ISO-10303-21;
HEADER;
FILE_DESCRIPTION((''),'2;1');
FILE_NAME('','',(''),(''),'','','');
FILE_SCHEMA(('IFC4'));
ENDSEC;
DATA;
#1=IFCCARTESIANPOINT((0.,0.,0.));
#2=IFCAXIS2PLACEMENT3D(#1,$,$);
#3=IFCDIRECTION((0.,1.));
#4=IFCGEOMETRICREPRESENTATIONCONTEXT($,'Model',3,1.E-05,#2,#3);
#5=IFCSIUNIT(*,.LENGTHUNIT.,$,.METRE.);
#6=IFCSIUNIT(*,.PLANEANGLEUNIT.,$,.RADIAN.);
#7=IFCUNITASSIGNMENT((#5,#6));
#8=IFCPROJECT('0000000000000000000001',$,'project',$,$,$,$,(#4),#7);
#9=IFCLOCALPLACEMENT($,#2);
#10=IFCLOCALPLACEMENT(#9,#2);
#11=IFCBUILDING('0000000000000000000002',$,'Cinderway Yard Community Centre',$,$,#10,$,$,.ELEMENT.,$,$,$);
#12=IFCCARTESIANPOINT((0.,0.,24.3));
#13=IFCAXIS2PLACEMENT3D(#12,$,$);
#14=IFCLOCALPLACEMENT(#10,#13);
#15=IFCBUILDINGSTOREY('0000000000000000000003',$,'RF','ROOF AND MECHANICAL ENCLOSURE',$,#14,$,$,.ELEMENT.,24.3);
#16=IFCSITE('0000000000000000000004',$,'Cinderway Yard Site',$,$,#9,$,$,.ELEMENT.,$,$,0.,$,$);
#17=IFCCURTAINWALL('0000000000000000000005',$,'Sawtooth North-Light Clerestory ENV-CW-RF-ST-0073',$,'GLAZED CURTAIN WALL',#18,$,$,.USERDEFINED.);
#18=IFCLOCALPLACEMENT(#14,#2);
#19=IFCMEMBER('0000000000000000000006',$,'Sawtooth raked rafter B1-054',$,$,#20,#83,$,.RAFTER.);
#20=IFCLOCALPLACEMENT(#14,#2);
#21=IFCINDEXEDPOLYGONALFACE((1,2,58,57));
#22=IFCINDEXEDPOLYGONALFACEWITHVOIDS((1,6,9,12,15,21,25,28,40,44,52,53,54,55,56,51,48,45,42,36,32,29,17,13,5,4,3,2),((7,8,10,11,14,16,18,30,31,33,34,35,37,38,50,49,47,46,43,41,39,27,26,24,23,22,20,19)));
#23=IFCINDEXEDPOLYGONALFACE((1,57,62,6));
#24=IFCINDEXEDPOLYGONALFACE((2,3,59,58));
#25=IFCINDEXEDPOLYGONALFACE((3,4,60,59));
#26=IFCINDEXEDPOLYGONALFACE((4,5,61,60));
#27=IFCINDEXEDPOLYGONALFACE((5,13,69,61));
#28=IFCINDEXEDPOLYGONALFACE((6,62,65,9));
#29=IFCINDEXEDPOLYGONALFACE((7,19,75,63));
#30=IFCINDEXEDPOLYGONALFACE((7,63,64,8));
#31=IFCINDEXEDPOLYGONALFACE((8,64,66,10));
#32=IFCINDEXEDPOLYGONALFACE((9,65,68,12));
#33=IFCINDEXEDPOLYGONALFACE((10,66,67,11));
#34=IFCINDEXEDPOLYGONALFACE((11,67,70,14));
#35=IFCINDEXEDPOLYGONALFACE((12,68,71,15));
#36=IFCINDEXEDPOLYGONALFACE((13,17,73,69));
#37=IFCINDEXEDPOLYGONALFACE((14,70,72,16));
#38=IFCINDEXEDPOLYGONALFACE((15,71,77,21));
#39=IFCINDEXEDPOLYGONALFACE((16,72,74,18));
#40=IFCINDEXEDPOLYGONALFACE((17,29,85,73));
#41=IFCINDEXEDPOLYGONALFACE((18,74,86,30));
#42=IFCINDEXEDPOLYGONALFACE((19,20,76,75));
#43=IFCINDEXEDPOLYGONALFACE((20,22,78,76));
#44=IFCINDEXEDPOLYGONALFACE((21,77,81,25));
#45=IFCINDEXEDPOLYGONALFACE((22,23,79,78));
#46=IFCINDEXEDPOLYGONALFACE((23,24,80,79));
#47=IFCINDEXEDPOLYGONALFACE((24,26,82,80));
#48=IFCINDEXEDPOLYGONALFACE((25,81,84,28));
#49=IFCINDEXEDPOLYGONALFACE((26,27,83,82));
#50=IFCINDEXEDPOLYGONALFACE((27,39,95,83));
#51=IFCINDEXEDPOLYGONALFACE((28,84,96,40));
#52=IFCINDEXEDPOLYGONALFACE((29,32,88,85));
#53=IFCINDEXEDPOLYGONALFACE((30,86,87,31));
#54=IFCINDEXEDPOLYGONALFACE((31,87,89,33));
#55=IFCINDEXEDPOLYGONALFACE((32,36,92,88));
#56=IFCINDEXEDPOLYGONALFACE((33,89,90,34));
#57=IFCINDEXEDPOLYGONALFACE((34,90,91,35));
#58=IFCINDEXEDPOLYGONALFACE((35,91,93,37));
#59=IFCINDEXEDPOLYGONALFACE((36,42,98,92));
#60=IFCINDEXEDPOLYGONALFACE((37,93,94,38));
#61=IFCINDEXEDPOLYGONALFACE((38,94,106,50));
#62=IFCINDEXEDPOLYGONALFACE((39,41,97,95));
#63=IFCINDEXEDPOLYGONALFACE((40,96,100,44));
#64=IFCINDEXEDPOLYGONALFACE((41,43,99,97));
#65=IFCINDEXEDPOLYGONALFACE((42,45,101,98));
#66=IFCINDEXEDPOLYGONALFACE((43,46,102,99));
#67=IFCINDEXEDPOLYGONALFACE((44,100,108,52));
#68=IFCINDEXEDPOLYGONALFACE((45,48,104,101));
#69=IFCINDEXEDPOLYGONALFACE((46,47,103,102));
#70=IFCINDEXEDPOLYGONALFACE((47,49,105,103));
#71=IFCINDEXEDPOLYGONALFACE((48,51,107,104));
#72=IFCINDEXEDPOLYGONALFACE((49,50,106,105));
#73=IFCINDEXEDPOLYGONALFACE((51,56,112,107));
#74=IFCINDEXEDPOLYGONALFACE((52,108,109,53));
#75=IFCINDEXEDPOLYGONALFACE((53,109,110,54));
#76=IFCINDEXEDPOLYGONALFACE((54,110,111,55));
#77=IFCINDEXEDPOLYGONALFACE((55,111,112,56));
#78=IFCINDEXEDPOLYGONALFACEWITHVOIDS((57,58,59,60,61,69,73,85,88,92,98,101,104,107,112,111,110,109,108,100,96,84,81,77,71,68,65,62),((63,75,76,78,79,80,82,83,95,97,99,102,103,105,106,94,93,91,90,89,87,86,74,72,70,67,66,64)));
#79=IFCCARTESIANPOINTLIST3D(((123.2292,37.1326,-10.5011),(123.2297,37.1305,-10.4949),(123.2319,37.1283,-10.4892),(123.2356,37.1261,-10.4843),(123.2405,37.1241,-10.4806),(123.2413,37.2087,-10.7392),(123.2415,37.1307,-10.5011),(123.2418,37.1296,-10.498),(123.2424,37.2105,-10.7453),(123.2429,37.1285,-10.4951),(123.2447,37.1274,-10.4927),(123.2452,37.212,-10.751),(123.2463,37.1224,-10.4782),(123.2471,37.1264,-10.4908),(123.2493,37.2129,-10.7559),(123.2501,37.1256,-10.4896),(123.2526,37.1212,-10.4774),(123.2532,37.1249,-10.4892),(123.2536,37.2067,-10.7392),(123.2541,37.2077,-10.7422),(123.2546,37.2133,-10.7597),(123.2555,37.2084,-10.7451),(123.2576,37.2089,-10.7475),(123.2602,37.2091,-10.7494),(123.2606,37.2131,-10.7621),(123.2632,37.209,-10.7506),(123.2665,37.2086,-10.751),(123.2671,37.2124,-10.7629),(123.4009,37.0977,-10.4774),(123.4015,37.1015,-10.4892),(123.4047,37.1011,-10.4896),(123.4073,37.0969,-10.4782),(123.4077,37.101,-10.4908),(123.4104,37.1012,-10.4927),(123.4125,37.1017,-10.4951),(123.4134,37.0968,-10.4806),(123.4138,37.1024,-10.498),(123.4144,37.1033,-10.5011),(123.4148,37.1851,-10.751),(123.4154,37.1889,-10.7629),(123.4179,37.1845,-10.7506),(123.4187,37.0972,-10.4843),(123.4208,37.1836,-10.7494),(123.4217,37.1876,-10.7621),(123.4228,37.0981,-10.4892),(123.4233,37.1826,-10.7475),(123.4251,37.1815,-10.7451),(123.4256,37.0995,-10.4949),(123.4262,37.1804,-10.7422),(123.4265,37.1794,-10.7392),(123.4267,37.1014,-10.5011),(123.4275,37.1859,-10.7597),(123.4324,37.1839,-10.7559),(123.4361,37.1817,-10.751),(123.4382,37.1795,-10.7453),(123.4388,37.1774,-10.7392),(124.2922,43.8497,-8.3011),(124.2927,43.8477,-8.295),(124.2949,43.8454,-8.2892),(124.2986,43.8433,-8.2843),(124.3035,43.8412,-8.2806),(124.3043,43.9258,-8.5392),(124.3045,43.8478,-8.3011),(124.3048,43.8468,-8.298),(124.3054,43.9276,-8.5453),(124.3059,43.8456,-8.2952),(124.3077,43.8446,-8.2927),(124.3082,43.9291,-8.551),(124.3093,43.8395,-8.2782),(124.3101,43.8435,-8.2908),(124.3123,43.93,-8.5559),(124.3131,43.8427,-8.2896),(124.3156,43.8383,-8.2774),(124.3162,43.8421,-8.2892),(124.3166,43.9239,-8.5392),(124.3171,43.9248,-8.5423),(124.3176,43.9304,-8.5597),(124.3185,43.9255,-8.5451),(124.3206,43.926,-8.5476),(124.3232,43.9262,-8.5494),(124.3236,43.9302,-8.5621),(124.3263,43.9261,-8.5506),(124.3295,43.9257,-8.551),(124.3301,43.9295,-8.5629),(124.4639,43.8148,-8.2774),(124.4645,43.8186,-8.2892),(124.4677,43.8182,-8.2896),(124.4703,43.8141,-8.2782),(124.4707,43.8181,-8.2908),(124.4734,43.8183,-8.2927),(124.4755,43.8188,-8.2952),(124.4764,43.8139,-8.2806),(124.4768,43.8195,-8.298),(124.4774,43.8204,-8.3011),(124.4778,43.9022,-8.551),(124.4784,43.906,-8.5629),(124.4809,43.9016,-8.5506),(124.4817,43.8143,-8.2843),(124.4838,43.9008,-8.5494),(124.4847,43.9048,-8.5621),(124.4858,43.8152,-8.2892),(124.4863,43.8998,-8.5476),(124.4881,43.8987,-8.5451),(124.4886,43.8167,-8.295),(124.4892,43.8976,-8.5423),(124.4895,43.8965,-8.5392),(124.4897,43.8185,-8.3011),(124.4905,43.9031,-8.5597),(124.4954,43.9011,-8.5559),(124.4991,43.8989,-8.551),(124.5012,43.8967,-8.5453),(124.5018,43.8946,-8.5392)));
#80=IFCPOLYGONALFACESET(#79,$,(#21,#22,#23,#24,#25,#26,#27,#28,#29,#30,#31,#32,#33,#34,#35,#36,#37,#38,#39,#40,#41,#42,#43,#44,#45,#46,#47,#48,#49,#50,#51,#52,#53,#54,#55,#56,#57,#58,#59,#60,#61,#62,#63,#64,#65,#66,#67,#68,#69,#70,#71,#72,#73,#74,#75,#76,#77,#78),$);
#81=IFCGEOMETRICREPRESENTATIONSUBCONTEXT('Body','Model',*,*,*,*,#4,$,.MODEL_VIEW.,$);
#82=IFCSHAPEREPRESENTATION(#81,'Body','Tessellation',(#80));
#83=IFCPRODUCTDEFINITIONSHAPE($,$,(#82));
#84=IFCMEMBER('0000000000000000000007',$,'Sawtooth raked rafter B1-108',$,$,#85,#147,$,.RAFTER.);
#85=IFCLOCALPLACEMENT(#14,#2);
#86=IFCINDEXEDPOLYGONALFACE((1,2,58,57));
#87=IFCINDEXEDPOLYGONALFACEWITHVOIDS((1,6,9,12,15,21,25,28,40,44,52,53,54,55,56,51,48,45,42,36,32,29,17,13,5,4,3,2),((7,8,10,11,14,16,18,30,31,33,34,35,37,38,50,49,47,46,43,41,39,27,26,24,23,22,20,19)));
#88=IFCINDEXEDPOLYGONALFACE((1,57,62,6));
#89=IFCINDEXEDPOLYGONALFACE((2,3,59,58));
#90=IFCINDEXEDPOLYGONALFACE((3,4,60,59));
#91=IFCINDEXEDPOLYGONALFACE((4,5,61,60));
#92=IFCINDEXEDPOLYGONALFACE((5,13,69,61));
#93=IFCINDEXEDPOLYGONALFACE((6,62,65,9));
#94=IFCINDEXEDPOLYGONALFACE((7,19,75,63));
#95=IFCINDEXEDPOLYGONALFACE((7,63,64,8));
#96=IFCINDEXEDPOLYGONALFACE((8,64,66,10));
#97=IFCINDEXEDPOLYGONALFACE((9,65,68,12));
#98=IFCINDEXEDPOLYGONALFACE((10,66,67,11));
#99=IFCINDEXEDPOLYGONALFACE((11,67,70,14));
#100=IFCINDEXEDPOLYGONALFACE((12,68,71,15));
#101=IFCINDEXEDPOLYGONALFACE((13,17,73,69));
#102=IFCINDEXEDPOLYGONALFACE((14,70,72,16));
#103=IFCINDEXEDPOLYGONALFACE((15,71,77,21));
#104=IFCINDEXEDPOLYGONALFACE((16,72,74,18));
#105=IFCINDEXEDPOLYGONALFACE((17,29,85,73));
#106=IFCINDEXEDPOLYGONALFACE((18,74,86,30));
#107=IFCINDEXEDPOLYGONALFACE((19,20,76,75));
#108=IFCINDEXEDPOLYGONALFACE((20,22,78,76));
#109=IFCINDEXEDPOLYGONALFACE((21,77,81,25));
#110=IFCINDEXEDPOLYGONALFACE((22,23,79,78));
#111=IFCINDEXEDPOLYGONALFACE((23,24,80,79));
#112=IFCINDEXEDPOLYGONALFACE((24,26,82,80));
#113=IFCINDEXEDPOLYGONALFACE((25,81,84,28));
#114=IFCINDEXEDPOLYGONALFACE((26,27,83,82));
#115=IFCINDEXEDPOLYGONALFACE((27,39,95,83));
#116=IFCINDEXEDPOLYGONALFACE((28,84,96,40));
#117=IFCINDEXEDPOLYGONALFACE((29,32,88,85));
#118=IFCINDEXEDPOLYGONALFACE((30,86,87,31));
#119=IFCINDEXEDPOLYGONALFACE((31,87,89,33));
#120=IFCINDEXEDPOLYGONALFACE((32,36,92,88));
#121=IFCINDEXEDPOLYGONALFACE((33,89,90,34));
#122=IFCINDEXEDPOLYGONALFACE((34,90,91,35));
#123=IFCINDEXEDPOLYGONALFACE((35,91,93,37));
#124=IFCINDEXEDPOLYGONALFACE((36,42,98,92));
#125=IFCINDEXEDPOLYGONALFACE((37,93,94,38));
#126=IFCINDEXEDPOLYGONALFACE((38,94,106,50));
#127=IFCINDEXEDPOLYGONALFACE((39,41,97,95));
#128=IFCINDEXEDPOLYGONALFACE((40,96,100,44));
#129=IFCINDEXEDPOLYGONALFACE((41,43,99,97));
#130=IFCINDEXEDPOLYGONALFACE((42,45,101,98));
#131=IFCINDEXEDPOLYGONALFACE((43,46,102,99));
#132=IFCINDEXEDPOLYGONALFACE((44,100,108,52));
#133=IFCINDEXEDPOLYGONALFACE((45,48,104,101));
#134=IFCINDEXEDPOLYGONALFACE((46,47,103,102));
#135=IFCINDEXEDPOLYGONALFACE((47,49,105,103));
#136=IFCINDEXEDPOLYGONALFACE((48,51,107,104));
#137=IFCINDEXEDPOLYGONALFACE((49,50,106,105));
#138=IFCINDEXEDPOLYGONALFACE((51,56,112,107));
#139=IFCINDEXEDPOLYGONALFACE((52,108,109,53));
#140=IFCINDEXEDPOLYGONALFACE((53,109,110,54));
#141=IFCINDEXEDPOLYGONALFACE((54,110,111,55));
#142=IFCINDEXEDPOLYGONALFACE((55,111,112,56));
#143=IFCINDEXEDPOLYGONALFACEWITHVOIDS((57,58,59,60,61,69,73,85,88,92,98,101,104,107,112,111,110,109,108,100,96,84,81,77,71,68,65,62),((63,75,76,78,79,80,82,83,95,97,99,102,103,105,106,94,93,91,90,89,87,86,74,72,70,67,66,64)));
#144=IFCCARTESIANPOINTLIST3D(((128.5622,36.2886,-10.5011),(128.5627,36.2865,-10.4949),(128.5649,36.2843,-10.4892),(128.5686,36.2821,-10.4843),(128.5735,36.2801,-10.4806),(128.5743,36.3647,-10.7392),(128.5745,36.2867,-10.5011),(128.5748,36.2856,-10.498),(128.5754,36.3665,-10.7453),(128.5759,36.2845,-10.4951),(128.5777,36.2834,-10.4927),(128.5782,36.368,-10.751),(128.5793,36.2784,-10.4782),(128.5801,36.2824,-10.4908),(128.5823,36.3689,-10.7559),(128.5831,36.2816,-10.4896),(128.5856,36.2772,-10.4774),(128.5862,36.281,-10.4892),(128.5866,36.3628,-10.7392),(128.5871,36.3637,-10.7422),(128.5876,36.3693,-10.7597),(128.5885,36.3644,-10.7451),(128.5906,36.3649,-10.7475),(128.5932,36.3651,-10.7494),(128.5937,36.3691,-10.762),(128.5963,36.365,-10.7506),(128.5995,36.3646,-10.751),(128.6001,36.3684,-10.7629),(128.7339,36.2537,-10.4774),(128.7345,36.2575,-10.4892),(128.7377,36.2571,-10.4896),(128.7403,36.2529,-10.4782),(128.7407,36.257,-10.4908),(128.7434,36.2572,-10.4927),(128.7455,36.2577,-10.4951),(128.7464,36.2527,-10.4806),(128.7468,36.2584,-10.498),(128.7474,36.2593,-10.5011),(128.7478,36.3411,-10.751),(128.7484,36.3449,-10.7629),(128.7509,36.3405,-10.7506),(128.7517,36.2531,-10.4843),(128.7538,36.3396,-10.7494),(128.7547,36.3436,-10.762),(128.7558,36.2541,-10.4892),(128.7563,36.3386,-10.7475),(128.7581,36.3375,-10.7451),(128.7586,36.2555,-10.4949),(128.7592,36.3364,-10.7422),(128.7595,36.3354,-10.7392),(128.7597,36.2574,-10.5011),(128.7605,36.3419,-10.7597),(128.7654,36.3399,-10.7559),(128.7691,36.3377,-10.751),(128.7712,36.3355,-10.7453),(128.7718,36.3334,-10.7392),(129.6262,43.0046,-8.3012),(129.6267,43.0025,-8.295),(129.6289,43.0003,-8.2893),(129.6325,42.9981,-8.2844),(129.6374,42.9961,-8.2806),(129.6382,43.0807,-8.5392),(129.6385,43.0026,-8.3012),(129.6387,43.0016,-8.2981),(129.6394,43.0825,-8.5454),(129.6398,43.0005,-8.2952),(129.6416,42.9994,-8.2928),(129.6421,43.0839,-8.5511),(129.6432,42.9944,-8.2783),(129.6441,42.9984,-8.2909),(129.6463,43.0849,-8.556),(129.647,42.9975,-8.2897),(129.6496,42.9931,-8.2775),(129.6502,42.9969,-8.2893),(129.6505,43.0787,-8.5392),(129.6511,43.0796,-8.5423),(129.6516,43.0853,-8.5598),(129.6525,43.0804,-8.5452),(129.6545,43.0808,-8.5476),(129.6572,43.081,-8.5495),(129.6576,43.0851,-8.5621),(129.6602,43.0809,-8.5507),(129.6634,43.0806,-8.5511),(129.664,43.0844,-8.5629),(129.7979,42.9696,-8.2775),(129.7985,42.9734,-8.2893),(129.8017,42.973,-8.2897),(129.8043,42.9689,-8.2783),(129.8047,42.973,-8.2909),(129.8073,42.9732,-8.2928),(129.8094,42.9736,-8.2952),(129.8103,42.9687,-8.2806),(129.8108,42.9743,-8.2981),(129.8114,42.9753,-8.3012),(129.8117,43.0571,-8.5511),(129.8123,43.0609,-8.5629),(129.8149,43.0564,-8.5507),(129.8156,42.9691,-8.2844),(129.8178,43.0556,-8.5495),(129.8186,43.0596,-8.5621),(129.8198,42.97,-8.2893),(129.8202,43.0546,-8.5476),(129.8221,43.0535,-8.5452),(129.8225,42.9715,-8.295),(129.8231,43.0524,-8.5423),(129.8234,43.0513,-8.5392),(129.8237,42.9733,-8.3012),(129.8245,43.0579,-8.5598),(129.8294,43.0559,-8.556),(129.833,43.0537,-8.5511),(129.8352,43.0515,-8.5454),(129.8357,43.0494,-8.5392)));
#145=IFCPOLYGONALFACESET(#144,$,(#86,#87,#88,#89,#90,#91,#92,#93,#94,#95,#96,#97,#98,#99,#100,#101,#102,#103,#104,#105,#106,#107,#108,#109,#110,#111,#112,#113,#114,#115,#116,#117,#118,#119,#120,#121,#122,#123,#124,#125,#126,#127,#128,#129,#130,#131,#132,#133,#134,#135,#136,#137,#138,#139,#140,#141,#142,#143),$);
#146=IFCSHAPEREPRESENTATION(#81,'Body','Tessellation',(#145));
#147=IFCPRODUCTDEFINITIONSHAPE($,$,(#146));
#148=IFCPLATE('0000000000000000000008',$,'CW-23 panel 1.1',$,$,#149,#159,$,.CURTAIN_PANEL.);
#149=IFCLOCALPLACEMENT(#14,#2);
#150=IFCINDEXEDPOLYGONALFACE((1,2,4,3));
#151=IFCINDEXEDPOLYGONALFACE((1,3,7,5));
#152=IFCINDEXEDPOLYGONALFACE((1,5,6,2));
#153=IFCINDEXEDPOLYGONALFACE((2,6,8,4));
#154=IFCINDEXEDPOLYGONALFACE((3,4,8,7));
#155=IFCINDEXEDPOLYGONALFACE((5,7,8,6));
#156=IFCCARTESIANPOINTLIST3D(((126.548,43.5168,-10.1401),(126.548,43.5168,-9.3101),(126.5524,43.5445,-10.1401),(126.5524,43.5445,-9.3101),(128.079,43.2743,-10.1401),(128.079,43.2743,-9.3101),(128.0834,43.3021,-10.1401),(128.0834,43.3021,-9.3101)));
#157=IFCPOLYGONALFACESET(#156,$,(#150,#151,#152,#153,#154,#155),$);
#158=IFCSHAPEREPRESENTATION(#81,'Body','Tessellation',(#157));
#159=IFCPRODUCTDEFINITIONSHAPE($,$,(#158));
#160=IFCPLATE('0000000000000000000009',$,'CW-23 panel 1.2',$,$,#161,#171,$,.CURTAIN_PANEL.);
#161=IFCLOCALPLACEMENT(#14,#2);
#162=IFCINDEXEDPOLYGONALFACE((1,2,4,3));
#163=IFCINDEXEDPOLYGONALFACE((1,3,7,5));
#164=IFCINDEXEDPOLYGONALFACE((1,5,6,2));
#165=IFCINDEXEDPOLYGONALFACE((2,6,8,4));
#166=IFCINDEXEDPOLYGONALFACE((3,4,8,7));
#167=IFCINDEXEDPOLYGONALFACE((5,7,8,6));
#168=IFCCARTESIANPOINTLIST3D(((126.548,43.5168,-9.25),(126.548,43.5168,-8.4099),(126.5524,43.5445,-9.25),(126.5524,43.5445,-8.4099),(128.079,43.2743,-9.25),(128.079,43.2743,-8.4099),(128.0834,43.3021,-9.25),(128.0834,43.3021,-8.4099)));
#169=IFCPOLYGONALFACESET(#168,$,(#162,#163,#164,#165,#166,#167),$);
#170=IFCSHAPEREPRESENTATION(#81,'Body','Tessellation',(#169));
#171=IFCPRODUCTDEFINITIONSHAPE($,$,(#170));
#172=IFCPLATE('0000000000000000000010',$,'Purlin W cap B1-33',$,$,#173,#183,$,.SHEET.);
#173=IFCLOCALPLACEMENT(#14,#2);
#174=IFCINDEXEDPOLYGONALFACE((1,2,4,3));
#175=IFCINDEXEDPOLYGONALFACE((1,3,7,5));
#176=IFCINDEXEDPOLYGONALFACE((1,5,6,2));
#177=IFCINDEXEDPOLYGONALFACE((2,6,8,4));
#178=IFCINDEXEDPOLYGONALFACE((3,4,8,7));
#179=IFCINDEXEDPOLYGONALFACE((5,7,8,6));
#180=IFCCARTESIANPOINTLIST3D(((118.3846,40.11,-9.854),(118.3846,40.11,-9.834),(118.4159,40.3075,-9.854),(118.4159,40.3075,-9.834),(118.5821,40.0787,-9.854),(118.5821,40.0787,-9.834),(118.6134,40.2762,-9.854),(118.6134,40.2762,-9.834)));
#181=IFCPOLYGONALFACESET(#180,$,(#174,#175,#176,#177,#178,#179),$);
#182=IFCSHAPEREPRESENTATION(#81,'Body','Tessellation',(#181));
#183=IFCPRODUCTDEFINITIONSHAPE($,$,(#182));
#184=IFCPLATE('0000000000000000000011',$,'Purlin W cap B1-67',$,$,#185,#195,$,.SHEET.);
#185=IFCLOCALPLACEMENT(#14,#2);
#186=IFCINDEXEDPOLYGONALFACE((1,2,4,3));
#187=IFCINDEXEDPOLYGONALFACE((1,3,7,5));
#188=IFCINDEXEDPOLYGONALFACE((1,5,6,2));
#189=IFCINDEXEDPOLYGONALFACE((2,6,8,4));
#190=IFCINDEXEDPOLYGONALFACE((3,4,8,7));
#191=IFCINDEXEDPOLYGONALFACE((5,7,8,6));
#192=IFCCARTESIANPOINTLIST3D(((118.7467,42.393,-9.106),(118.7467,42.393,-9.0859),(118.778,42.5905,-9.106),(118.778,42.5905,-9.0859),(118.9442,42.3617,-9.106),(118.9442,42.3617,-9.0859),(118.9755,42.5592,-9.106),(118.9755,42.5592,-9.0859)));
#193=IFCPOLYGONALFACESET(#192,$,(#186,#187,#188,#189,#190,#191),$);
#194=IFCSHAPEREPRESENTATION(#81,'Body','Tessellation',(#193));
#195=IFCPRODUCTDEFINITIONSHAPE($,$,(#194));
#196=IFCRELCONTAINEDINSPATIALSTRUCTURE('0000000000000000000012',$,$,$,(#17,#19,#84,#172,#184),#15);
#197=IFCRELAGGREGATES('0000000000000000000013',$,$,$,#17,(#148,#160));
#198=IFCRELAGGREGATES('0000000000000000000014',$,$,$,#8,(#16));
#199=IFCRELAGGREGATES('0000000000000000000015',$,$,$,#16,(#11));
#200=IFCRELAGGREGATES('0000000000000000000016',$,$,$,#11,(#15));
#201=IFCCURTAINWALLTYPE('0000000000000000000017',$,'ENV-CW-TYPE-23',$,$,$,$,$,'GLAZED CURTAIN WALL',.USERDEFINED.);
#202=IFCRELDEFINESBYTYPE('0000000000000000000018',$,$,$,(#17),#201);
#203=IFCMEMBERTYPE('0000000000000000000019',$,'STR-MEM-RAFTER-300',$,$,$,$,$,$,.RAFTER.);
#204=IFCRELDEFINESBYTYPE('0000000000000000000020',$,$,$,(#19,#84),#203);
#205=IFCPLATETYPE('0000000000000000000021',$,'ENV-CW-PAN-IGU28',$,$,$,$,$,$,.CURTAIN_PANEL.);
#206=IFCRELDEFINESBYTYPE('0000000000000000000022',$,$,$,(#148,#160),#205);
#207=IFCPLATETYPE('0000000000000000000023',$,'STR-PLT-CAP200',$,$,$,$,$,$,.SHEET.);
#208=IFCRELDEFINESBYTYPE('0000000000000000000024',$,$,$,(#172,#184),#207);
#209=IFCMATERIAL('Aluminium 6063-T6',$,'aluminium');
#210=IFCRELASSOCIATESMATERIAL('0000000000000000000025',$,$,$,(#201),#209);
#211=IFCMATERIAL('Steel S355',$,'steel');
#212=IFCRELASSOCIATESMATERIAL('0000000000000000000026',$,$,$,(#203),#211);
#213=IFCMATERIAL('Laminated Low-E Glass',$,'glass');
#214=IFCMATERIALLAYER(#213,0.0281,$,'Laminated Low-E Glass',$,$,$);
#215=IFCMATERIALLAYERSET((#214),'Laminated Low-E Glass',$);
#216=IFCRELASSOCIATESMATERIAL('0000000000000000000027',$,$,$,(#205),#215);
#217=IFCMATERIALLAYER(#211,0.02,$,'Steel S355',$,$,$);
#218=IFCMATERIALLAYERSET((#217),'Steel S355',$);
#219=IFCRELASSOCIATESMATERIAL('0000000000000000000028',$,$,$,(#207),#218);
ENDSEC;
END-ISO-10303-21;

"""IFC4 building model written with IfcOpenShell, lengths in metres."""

from ifc_helpers import new_model, si_unit, direction, frame, origin, origin_2d, place, context, subcontext, project, spatial, rectangle, hollow_rectangle, extrude, material, layer, layer_set, material_profile, profile_set, type_object, element, aggregate, save


model = new_model("IFC4")

# Units and contexts
model_context = context("Model", 3, precision=1e-05, world=origin(), true_north=direction((0.0, 1.0)))
body_context = subcontext(model_context, "Body", "Model", "MODEL_VIEW")
ifc_project = project(units=[si_unit("LENGTHUNIT", "METRE"), si_unit("PLANEANGLEUNIT", "RADIAN")], contexts=[model_context])

# Site, building, storey
site_placement = place(None, origin())
site = spatial("IfcSite", under=ifc_project, at=site_placement, Name="Cinderway Yard Site", CompositionType="ELEMENT", RefElevation=0.0)
building_placement = place(site_placement, origin())
building = spatial("IfcBuilding", under=site, at=building_placement, Name="Cinderway Yard Community Centre", CompositionType="ELEMENT")
storey_placement = place(building_placement, frame((0.0, 0.0, 24.3)))
storey = spatial("IfcBuildingStorey", under=building, at=storey_placement, Name="RF", Description="ROOF AND MECHANICAL ENCLOSURE", CompositionType="ELEMENT", Elevation=24.3)

# Shared definitions
ifc_material_1 = material(Name="Steel S355", Category="steel")

# Curtain wall
ifc_material_2 = material(Name="Aluminium 6063-T6", Category="aluminium")
curtain_wall_type = type_object("IfcCurtainWallType", Name="ENV-CW-TYPE-23", ElementType="GLAZED CURTAIN WALL", PredefinedType="USERDEFINED", material=ifc_material_2)
curtain_wall_placement = place(storey_placement, origin())
curtain_wall = element("IfcCurtainWall", 1, at=curtain_wall_placement, inside=storey, type_object=curtain_wall_type, Name="Sawtooth North-Light Clerestory ENV-CW-RF-ST-0073", ObjectType="GLAZED CURTAIN WALL", PredefinedType="USERDEFINED")

# Members
ifc_material_profile_1 = material_profile(ifc_material_1, hollow_rectangle(XDim=0.2, YDim=0.3, WallThickness=0.0125, InnerFilletRadius=0.0125, OuterFilletRadius=0.0249, at=origin_2d()), Name="Steel S355")
ifc_profile_set_1 = profile_set([ifc_material_profile_1], Name="Steel S355")
member_type_1 = type_object("IfcMemberType", Name="STR-MEM-RAFTER-300", PredefinedType="RAFTER", material=ifc_profile_set_1)
member_1_placement = place(storey_placement, frame((123.334, 37.155, -10.6201), z_axis=(0.148719, 0.93976, 0.307788), x_axis=(-0.987708, 0.156307, 0.0)))
element("IfcMember", 2, at=member_1_placement, inside=storey, type_object=member_type_1, Name="Sawtooth raked rafter B1-054", PredefinedType="RAFTER", context=body_context, shape_type="SweptSolid", body=[
    extrude(hollow_rectangle(XDim=0.2, YDim=0.3, WallThickness=0.0125, InnerFilletRadius=0.0125, OuterFilletRadius=0.0249, at=origin_2d()), origin(), (0.0, 0.0, 1.0), 7.1477),
])
member_2_placement = place(storey_placement, frame((128.667, 36.311, -10.6201), z_axis=(0.148872, 0.939725, 0.307822), x_axis=(-0.987683, 0.15647, 0.0)))
element("IfcMember", 3, at=member_2_placement, inside=storey, type_object=member_type_1, Name="Sawtooth raked rafter B1-108", PredefinedType="RAFTER", context=body_context, shape_type="SweptSolid", body=[
    extrude(hollow_rectangle(XDim=0.2, YDim=0.3, WallThickness=0.0125, InnerFilletRadius=0.0125, OuterFilletRadius=0.0249, at=origin_2d()), origin(), (0.0, 0.0, 1.0), 7.1467),
])

# Plates
ifc_material_3 = material(Name="Laminated Low-E Glass", Category="glass")
ifc_layer_1 = layer(ifc_material_3, 0.0281, Name="Laminated Low-E Glass")
ifc_layer_set_1 = layer_set([ifc_layer_1], Name="Laminated Low-E Glass")
plate_type_1 = type_object("IfcPlateType", Name="ENV-CW-PAN-IGU28", PredefinedType="CURTAIN_PANEL", material=ifc_layer_set_1)
plate_1_placement = place(storey_placement, frame((127.3157, 43.4094, -10.1401), z_axis=(0.0, 0.0, 1.0), x_axis=(0.987692, -0.156409, 0.0)))
plate_1 = element("IfcPlate", 4, at=plate_1_placement, type_object=plate_type_1, Name="CW-23 panel 1.1", PredefinedType="CURTAIN_PANEL", context=body_context, shape_type="SweptSolid", body=[
    extrude(rectangle(XDim=1.55, YDim=0.0281, at=origin_2d()), origin(), (0.0, 0.0, 1.0), 0.8301),
])
plate_2_placement = place(storey_placement, frame((127.3157, 43.4094, -9.25), z_axis=(0.0, 0.0, 1.0), x_axis=(0.987692, -0.156409, 0.0)))
plate_2 = element("IfcPlate", 5, at=plate_2_placement, type_object=plate_type_1, Name="CW-23 panel 1.2", PredefinedType="CURTAIN_PANEL", context=body_context, shape_type="SweptSolid", body=[
    extrude(rectangle(XDim=1.55, YDim=0.0281, at=origin_2d()), origin(), (0.0, 0.0, 1.0), 0.8401),
])
aggregate(curtain_wall, [plate_1, plate_2])

# Plates
ifc_layer_2 = layer(ifc_material_1, 0.02, Name="Steel S355")
ifc_layer_set_2 = layer_set([ifc_layer_2], Name="Steel S355")
plate_type_2 = type_object("IfcPlateType", Name="STR-PLT-CAP200", PredefinedType="SHEET", material=ifc_layer_set_2)
for number, where, z_axis, x_axis, name in (
    (6, (118.499, 40.1931, -9.854), (0.0, 0.0, 1.0), (0.987688, -0.156434, 0.0), "Purlin W cap B1-33"),
    (7, (118.8611, 42.4761, -9.106), (0.0, 0.0, 1.0), (0.987688, -0.156434, 0.0), "Purlin W cap B1-67"),
):
    element("IfcPlate", number, at=place(storey_placement, frame(where, z_axis=z_axis, x_axis=x_axis)), inside=storey, type_object=plate_type_2, Name=name, PredefinedType="SHEET", context=body_context, shape_type="SweptSolid", body=[
        extrude(rectangle(XDim=0.2, YDim=0.2, at=origin_2d()), origin(), (0.0, 0.0, 1.0), 0.02),
    ])

save(model, "model.ifc")
